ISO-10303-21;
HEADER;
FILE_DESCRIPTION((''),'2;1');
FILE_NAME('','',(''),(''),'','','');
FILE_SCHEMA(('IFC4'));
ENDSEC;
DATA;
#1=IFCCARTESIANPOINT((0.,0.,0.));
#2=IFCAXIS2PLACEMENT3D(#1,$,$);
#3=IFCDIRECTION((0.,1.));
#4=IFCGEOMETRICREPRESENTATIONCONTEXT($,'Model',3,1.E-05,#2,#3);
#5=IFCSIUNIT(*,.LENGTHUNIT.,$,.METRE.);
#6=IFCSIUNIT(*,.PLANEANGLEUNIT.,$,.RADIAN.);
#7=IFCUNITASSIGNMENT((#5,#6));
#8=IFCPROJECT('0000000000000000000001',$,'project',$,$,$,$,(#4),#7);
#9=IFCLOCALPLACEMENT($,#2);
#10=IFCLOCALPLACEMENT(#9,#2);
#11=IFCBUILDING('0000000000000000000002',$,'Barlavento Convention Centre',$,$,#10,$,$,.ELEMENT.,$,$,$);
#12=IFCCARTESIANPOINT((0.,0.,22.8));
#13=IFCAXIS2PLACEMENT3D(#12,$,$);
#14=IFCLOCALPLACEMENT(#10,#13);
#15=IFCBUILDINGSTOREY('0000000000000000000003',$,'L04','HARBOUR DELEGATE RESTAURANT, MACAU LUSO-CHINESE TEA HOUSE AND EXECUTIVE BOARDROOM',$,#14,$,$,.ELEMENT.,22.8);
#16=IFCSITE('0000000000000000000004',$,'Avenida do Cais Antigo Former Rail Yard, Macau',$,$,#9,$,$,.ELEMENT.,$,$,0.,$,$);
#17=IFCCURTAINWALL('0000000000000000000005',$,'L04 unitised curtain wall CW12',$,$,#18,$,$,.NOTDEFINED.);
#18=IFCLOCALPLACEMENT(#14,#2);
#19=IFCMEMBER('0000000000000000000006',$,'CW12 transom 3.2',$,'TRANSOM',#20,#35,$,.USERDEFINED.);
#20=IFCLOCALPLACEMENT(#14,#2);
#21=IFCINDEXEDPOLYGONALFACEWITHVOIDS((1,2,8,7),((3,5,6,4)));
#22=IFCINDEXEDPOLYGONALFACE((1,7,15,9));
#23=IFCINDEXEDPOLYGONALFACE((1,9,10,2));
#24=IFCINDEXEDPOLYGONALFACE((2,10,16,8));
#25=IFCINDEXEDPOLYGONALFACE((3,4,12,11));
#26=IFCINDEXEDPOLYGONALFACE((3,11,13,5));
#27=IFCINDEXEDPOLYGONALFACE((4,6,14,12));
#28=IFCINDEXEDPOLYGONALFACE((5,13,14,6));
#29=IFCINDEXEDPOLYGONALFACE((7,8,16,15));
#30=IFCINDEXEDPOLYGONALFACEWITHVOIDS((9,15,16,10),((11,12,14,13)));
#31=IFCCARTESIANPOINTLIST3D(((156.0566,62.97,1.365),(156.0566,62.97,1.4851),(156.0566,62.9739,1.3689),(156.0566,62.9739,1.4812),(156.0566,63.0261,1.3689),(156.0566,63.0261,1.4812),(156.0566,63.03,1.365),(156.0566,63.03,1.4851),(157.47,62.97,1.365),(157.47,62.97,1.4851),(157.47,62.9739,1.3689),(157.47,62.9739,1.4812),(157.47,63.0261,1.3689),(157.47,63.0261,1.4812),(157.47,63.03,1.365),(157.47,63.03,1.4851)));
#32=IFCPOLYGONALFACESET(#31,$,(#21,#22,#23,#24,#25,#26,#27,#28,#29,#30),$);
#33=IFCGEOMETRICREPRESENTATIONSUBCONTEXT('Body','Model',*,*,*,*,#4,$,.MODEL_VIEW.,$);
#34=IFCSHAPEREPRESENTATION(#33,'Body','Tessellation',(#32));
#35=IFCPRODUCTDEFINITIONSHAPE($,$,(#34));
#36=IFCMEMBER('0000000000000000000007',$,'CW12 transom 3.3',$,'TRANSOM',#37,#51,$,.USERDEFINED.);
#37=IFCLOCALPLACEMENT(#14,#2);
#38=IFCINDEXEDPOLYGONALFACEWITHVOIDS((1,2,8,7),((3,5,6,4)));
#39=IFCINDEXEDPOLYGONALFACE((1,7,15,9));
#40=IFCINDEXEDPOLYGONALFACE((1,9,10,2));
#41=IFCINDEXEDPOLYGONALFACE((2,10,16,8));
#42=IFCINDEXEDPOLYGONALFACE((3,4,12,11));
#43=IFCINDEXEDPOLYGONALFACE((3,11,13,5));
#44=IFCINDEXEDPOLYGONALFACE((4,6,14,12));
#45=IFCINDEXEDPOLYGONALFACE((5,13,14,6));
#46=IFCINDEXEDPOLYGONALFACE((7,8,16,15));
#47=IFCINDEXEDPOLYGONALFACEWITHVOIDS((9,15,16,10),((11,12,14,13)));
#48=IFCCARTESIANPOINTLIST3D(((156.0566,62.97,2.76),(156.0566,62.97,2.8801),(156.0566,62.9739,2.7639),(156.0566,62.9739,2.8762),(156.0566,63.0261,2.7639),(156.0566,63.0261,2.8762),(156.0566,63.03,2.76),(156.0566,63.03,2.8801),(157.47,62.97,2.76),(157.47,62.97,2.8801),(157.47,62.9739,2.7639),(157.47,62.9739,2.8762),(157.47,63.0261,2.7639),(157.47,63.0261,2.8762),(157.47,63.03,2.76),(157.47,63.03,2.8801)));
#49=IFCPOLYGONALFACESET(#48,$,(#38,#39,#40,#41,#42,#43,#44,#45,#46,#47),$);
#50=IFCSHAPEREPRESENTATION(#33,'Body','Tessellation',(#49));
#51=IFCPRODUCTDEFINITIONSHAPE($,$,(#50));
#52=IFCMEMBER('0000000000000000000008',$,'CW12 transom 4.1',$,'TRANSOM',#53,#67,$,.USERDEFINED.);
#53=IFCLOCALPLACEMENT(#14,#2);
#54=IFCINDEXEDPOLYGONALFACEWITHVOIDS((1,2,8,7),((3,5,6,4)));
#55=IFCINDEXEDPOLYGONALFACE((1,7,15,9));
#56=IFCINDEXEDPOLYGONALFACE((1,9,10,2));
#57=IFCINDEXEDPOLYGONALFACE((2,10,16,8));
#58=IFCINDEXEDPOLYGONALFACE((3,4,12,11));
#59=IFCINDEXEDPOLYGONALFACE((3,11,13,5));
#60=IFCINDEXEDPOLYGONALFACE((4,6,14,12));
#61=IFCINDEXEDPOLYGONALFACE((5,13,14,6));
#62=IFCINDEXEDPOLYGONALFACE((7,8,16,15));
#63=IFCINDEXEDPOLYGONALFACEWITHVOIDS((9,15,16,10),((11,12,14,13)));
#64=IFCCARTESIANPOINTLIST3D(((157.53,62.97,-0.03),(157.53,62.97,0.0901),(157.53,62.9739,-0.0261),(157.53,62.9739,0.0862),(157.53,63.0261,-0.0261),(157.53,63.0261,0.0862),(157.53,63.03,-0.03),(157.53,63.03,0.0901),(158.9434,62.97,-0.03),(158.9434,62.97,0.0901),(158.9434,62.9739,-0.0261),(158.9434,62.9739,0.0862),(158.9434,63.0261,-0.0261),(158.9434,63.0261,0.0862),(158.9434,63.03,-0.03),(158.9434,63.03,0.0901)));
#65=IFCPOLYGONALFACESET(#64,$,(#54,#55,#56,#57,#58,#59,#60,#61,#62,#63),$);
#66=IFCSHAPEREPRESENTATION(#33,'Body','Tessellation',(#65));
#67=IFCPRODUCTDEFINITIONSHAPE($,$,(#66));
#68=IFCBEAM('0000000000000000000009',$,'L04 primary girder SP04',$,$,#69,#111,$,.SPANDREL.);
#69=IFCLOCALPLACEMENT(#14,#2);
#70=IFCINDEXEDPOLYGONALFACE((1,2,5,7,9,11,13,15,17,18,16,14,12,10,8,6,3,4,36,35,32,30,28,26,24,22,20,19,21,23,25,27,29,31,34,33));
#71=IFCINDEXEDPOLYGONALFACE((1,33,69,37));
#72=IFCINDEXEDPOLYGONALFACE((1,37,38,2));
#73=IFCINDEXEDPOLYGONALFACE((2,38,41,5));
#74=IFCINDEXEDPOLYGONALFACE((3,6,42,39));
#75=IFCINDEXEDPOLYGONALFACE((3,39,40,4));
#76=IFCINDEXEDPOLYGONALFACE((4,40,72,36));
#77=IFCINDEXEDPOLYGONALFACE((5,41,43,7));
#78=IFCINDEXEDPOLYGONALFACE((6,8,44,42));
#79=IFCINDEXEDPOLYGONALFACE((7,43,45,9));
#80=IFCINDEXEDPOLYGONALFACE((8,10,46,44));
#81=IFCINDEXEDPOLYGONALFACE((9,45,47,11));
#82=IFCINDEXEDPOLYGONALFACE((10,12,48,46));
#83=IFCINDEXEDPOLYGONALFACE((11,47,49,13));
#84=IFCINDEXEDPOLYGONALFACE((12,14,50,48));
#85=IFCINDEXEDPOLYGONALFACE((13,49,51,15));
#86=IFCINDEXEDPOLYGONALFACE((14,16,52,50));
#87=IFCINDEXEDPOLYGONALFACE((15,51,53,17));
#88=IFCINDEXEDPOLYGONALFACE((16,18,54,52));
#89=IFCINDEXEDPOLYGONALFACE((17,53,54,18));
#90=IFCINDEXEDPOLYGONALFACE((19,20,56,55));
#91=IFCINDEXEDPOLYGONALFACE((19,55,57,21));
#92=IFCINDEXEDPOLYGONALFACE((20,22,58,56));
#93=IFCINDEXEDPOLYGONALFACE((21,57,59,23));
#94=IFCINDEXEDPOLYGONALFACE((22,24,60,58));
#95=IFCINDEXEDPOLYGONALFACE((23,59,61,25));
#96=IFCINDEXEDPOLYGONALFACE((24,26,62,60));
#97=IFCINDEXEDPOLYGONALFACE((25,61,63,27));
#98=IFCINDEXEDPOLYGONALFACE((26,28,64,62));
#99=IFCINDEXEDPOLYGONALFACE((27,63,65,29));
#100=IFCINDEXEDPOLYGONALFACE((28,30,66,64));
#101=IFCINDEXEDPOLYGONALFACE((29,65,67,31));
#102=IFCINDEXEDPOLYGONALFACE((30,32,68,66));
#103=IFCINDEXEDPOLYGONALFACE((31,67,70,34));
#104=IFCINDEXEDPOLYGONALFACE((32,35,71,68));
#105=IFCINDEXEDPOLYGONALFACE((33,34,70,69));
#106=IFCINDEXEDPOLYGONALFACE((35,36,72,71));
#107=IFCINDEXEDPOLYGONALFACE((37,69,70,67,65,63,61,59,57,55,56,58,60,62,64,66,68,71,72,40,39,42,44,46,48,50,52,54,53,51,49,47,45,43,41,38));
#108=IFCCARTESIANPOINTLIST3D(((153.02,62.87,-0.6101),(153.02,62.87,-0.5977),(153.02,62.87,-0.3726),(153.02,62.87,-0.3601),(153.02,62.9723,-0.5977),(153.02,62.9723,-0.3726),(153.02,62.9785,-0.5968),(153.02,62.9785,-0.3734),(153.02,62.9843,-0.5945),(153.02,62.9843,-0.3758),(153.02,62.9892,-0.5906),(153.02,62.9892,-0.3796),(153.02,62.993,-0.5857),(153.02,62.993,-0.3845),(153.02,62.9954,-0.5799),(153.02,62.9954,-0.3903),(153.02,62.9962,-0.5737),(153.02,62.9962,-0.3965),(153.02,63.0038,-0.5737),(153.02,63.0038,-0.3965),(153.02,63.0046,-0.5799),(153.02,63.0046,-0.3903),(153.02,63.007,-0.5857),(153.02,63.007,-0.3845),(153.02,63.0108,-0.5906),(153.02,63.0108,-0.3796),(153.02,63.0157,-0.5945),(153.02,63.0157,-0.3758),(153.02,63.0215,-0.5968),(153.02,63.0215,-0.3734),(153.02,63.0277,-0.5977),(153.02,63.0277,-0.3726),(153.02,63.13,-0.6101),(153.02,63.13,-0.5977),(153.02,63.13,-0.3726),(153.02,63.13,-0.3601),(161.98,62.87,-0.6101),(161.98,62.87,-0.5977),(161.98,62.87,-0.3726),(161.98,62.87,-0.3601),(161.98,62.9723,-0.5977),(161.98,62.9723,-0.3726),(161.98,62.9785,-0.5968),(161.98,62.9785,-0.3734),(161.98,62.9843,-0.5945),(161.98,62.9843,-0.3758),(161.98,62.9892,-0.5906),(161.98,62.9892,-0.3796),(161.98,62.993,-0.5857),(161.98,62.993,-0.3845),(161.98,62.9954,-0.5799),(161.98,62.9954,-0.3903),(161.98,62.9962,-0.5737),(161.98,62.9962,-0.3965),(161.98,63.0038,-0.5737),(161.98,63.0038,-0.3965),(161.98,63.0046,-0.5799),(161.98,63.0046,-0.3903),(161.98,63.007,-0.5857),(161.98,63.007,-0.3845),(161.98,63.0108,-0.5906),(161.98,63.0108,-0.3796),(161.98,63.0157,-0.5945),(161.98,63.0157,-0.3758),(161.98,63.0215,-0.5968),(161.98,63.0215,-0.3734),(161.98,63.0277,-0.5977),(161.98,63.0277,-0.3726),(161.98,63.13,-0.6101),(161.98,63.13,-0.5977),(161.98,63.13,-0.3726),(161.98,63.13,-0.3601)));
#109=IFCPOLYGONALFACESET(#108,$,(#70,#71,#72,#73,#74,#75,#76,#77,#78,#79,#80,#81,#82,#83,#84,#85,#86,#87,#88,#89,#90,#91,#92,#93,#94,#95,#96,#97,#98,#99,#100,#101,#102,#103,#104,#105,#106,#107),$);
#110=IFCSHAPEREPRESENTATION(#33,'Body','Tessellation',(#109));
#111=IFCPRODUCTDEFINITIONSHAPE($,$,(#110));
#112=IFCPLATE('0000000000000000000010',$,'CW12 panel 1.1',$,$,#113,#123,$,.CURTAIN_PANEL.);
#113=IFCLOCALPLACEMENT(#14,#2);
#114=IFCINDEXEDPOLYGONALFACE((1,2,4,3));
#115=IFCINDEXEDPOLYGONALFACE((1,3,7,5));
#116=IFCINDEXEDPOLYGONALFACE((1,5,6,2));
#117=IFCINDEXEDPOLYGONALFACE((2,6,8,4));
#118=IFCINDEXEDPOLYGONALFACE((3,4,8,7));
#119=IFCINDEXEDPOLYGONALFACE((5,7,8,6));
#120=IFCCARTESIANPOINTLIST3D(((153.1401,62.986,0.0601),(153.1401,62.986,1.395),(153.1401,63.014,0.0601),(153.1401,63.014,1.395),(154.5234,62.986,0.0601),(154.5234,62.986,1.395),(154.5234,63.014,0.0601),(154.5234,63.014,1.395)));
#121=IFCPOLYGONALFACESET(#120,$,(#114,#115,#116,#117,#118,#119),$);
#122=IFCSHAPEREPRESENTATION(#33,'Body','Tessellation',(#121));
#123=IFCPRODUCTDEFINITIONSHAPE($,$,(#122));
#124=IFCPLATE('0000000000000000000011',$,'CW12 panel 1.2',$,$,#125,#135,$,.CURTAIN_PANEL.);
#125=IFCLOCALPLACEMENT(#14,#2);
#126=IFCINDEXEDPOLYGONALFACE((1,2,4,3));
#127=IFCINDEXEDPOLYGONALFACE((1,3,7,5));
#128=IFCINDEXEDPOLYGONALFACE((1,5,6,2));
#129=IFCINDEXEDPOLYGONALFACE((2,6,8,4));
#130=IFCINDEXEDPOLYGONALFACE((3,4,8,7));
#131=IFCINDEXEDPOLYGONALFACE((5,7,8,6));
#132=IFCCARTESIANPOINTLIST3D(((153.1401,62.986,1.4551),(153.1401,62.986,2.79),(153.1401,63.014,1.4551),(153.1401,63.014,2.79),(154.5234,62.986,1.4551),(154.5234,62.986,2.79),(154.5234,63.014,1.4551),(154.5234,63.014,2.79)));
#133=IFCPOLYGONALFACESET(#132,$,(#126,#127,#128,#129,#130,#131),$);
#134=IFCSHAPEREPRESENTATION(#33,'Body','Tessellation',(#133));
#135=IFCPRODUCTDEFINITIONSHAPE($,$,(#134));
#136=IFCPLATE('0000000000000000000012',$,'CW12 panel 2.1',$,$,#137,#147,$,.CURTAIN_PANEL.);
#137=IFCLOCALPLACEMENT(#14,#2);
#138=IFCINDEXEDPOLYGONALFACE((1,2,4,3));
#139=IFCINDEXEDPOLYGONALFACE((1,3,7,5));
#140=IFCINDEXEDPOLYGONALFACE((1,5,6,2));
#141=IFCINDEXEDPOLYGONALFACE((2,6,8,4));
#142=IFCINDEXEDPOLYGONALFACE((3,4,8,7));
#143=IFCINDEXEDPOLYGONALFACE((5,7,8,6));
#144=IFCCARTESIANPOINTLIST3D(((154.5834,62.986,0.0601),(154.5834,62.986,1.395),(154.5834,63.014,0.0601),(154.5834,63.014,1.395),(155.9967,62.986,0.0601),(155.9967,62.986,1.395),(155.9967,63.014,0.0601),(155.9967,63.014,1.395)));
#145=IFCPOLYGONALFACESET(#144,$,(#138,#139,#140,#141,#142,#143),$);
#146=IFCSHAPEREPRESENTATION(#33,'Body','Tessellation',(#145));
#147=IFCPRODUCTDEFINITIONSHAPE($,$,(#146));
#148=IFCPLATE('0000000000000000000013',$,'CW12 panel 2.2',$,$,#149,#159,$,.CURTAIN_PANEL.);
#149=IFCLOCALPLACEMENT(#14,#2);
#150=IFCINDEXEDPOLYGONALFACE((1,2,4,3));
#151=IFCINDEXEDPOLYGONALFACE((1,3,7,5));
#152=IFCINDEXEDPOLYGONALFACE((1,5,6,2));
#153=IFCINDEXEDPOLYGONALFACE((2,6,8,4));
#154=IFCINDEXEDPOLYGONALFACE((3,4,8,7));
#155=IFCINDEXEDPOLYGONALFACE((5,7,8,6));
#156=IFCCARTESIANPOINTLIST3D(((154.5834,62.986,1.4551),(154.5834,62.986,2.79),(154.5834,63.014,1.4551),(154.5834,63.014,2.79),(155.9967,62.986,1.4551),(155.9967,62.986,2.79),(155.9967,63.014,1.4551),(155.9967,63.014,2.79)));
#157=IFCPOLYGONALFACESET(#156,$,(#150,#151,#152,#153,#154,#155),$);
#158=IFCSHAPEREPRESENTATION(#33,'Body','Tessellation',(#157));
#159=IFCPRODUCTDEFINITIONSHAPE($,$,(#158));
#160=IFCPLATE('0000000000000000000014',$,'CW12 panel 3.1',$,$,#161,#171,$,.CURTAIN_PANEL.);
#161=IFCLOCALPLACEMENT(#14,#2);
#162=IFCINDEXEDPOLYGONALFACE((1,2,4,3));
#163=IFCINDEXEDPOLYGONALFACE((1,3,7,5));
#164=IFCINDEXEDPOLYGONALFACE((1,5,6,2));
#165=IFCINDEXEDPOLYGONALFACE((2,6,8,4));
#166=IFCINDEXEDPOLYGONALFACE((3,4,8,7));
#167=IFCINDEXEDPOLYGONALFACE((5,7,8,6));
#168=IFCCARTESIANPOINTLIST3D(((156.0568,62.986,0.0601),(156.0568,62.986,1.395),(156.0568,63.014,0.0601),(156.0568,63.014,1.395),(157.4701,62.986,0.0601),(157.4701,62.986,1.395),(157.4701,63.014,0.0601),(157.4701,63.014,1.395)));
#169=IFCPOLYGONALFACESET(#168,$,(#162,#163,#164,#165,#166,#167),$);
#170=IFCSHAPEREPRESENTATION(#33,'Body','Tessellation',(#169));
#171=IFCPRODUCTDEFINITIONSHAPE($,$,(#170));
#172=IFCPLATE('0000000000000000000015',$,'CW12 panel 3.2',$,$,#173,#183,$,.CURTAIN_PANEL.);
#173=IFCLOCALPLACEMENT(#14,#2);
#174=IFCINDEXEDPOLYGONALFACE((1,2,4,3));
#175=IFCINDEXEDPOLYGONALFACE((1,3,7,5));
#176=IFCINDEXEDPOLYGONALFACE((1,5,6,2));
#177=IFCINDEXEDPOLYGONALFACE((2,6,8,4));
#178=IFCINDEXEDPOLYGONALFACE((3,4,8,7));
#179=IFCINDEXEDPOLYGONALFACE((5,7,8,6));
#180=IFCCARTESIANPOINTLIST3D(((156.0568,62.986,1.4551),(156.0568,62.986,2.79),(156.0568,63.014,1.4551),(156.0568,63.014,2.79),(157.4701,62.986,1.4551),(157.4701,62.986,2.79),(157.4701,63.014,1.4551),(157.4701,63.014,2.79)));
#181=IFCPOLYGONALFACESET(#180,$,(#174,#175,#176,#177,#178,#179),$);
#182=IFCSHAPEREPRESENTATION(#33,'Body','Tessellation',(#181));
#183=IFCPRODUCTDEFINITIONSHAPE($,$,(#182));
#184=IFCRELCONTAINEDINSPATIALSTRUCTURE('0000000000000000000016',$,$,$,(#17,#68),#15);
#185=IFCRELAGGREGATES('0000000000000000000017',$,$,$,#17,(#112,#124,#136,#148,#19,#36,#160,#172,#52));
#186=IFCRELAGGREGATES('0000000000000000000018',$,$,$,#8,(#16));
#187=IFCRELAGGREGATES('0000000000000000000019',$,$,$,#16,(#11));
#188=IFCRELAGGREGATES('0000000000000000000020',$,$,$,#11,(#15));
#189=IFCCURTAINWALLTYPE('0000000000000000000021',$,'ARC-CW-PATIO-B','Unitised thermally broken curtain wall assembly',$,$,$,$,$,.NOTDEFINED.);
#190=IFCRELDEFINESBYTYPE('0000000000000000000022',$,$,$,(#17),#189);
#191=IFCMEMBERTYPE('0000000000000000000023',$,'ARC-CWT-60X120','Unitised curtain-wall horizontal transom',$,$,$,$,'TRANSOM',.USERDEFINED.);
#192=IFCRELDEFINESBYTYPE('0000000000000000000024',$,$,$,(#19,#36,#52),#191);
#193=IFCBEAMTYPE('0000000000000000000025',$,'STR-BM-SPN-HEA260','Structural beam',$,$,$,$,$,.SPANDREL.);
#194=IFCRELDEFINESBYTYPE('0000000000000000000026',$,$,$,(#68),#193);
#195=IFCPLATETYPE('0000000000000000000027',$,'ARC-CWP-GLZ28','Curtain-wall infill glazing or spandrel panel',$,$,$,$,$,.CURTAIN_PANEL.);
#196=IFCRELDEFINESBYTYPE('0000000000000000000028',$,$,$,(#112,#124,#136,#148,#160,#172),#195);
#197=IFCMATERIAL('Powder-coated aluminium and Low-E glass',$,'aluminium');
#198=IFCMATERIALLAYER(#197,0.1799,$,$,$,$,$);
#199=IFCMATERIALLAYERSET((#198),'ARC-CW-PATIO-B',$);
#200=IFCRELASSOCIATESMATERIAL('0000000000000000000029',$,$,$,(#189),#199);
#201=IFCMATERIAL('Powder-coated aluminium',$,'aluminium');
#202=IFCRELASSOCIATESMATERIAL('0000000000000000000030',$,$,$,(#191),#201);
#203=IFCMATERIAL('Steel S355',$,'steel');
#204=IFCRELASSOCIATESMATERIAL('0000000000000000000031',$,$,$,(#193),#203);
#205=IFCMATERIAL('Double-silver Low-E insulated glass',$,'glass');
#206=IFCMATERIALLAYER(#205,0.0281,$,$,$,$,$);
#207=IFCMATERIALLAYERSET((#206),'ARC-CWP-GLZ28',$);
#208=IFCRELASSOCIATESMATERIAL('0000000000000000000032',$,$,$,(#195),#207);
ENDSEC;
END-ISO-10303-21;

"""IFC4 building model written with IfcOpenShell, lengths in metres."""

from ifc_helpers import new_model, si_unit, direction, frame, origin, origin_2d, place, context, subcontext, project, spatial, rectangle, hollow_rectangle, i_section, extrude, material, layer, layer_set, material_profile, profile_set, type_object, element, aggregate, save


model = new_model("IFC4")

# Units and contexts
model_context = context("Model", 3, precision=1e-05, world=origin(), true_north=direction((0.0, 1.0)))
body_context = subcontext(model_context, "Body", "Model", "MODEL_VIEW")
ifc_project = project(units=[si_unit("LENGTHUNIT", "METRE"), si_unit("PLANEANGLEUNIT", "RADIAN")], contexts=[model_context])

# Site, building, storey
site_placement = place(None, origin())
site = spatial("IfcSite", under=ifc_project, at=site_placement, Name="Avenida do Cais Antigo Former Rail Yard, Macau", CompositionType="ELEMENT", RefElevation=0.0)
building_placement = place(site_placement, origin())
building = spatial("IfcBuilding", under=site, at=building_placement, Name="Barlavento Convention Centre", CompositionType="ELEMENT")
storey_placement = place(building_placement, frame((0.0, 0.0, 22.8)))
storey = spatial("IfcBuildingStorey", under=building, at=storey_placement, Name="L04", Description="HARBOUR DELEGATE RESTAURANT, MACAU LUSO-CHINESE TEA HOUSE AND EXECUTIVE BOARDROOM", CompositionType="ELEMENT", Elevation=22.8)

# Curtain wall, members
ifc_material_1 = material(Name="Powder-coated aluminium and Low-E glass", Category="aluminium")
ifc_layer_1 = layer(ifc_material_1, 0.1799)
ifc_layer_set_1 = layer_set([ifc_layer_1], Name="ARC-CW-PATIO-B")
curtain_wall_type = type_object("IfcCurtainWallType", Name="ARC-CW-PATIO-B", Description="Unitised thermally broken curtain wall assembly", PredefinedType="NOTDEFINED", material=ifc_layer_set_1)
curtain_wall_placement = place(storey_placement, origin())
curtain_wall = element("IfcCurtainWall", 1, at=curtain_wall_placement, inside=storey, type_object=curtain_wall_type, Name="L04 unitised curtain wall CW12", PredefinedType="NOTDEFINED")
ifc_material_2 = material(Name="Powder-coated aluminium", Category="aluminium")
ifc_material_profile_1 = material_profile(ifc_material_2, hollow_rectangle(XDim=0.0601, YDim=0.1201, WallThickness=0.0039, at=origin_2d()), Name="AL-TRAN 60x120x4")
ifc_profile_set_1 = profile_set([ifc_material_profile_1], Name="Powder-coated aluminium")
member_type_1 = type_object("IfcMemberType", Name="ARC-CWT-60X120", Description="Unitised curtain-wall horizontal transom", ElementType="TRANSOM", PredefinedType="USERDEFINED", material=ifc_profile_set_1)
member_1_placement = place(storey_placement, frame((156.0566, 63.0, 1.425), z_axis=(1.0, 0.0, 0.0), x_axis=(0.0, 1.0, 0.0)))
member_1 = element("IfcMember", 2, at=member_1_placement, type_object=member_type_1, Name="CW12 transom 3.2", ObjectType="TRANSOM", PredefinedType="USERDEFINED", context=body_context, shape_type="SweptSolid", body=[
    extrude(hollow_rectangle(XDim=0.0601, YDim=0.1201, WallThickness=0.0039, at=origin_2d()), origin(), (0.0, 0.0, 1.0), 1.4133),
])
member_2_placement = place(storey_placement, frame((156.0566, 63.0, 2.8201), z_axis=(1.0, 0.0, 0.0), x_axis=(0.0, 1.0, 0.0)))
member_2 = element("IfcMember", 3, at=member_2_placement, type_object=member_type_1, Name="CW12 transom 3.3", ObjectType="TRANSOM", PredefinedType="USERDEFINED", context=body_context, shape_type="SweptSolid", body=[
    extrude(hollow_rectangle(XDim=0.0601, YDim=0.1201, WallThickness=0.0039, at=origin_2d()), origin(), (0.0, 0.0, 1.0), 1.4133),
])
member_3_placement = place(storey_placement, frame((157.53, 63.0, 0.03), z_axis=(1.0, 0.0, 0.0), x_axis=(0.0, 1.0, 0.0)))
member_3 = element("IfcMember", 4, at=member_3_placement, type_object=member_type_1, Name="CW12 transom 4.1", ObjectType="TRANSOM", PredefinedType="USERDEFINED", context=body_context, shape_type="SweptSolid", body=[
    extrude(hollow_rectangle(XDim=0.0601, YDim=0.1201, WallThickness=0.0039, at=origin_2d()), origin(), (0.0, 0.0, 1.0), 1.4133),
])

# Beam
ifc_material_3 = material(Name="Steel S355", Category="steel")
ifc_material_profile_2 = material_profile(ifc_material_3, i_section(OverallWidth=0.26, OverallDepth=0.25, WebThickness=0.0076, FlangeThickness=0.0125, FilletRadius=0.0239, at=origin_2d()), Name="HEA 260")
ifc_profile_set_2 = profile_set([ifc_material_profile_2], Name="Steel S355")
beam_type = type_object("IfcBeamType", Name="STR-BM-SPN-HEA260", Description="Structural beam", PredefinedType="SPANDREL", material=ifc_profile_set_2)
beam_placement = place(storey_placement, frame((153.02, 63.0, -0.4851), z_axis=(1.0, 0.0, 0.0), x_axis=(0.0, 1.0, 0.0)))
element("IfcBeam", 5, at=beam_placement, inside=storey, type_object=beam_type, Name="L04 primary girder SP04", PredefinedType="SPANDREL", context=body_context, shape_type="SweptSolid", body=[
    extrude(i_section(OverallWidth=0.26, OverallDepth=0.25, WebThickness=0.0076, FlangeThickness=0.0125, FilletRadius=0.0239, at=origin_2d()), origin(), (0.0, 0.0, 1.0), 8.96),
])

# Plates
ifc_material_4 = material(Name="Double-silver Low-E insulated glass", Category="glass")
ifc_layer_2 = layer(ifc_material_4, 0.0281)
ifc_layer_set_2 = layer_set([ifc_layer_2], Name="ARC-CWP-GLZ28")
plate_type = type_object("IfcPlateType", Name="ARC-CWP-GLZ28", Description="Curtain-wall infill glazing or spandrel panel", PredefinedType="CURTAIN_PANEL", material=ifc_layer_set_2)
plate_1_placement = place(storey_placement, frame((153.8318, 63.0, 0.0601), z_axis=(0.0, 0.0, 1.0), x_axis=(1.0, 0.0, 0.0)))
plate_1 = element("IfcPlate", 6, at=plate_1_placement, type_object=plate_type, Name="CW12 panel 1.1", PredefinedType="CURTAIN_PANEL", context=body_context, shape_type="SweptSolid", body=[
    extrude(rectangle(XDim=1.3833, YDim=0.0281, at=origin_2d()), origin(), (0.0, 0.0, 1.0), 1.335),
])
plate_2_placement = place(storey_placement, frame((153.8318, 63.0, 1.4551), z_axis=(0.0, 0.0, 1.0), x_axis=(1.0, 0.0, 0.0)))
plate_2 = element("IfcPlate", 7, at=plate_2_placement, type_object=plate_type, Name="CW12 panel 1.2", PredefinedType="CURTAIN_PANEL", context=body_context, shape_type="SweptSolid", body=[
    extrude(rectangle(XDim=1.3833, YDim=0.0281, at=origin_2d()), origin(), (0.0, 0.0, 1.0), 1.335),
])
plate_3_placement = place(storey_placement, frame((155.29, 63.0, 0.0601), z_axis=(0.0, 0.0, 1.0), x_axis=(1.0, 0.0, 0.0)))
plate_3 = element("IfcPlate", 8, at=plate_3_placement, type_object=plate_type, Name="CW12 panel 2.1", PredefinedType="CURTAIN_PANEL", context=body_context, shape_type="SweptSolid", body=[
    extrude(rectangle(XDim=1.4133, YDim=0.0281, at=origin_2d()), origin(), (0.0, 0.0, 1.0), 1.335),
])
plate_4_placement = place(storey_placement, frame((155.29, 63.0, 1.4551), z_axis=(0.0, 0.0, 1.0), x_axis=(1.0, 0.0, 0.0)))
plate_4 = element("IfcPlate", 9, at=plate_4_placement, type_object=plate_type, Name="CW12 panel 2.2", PredefinedType="CURTAIN_PANEL", context=body_context, shape_type="SweptSolid", body=[
    extrude(rectangle(XDim=1.4133, YDim=0.0281, at=origin_2d()), origin(), (0.0, 0.0, 1.0), 1.335),
])
plate_5_placement = place(storey_placement, frame((156.7634, 63.0, 0.0601), z_axis=(0.0, 0.0, 1.0), x_axis=(1.0, 0.0, 0.0)))
plate_5 = element("IfcPlate", 10, at=plate_5_placement, type_object=plate_type, Name="CW12 panel 3.1", PredefinedType="CURTAIN_PANEL", context=body_context, shape_type="SweptSolid", body=[
    extrude(rectangle(XDim=1.4133, YDim=0.0281, at=origin_2d()), origin(), (0.0, 0.0, 1.0), 1.335),
])
plate_6_placement = place(storey_placement, frame((156.7634, 63.0, 1.4551), z_axis=(0.0, 0.0, 1.0), x_axis=(1.0, 0.0, 0.0)))
plate_6 = element("IfcPlate", 11, at=plate_6_placement, type_object=plate_type, Name="CW12 panel 3.2", PredefinedType="CURTAIN_PANEL", context=body_context, shape_type="SweptSolid", body=[
    extrude(rectangle(XDim=1.4133, YDim=0.0281, at=origin_2d()), origin(), (0.0, 0.0, 1.0), 1.335),
])
aggregate(curtain_wall, [plate_1, plate_2, plate_3, plate_4, member_1, member_2, plate_5, plate_6, member_3])

save(model, "model.ifc")
